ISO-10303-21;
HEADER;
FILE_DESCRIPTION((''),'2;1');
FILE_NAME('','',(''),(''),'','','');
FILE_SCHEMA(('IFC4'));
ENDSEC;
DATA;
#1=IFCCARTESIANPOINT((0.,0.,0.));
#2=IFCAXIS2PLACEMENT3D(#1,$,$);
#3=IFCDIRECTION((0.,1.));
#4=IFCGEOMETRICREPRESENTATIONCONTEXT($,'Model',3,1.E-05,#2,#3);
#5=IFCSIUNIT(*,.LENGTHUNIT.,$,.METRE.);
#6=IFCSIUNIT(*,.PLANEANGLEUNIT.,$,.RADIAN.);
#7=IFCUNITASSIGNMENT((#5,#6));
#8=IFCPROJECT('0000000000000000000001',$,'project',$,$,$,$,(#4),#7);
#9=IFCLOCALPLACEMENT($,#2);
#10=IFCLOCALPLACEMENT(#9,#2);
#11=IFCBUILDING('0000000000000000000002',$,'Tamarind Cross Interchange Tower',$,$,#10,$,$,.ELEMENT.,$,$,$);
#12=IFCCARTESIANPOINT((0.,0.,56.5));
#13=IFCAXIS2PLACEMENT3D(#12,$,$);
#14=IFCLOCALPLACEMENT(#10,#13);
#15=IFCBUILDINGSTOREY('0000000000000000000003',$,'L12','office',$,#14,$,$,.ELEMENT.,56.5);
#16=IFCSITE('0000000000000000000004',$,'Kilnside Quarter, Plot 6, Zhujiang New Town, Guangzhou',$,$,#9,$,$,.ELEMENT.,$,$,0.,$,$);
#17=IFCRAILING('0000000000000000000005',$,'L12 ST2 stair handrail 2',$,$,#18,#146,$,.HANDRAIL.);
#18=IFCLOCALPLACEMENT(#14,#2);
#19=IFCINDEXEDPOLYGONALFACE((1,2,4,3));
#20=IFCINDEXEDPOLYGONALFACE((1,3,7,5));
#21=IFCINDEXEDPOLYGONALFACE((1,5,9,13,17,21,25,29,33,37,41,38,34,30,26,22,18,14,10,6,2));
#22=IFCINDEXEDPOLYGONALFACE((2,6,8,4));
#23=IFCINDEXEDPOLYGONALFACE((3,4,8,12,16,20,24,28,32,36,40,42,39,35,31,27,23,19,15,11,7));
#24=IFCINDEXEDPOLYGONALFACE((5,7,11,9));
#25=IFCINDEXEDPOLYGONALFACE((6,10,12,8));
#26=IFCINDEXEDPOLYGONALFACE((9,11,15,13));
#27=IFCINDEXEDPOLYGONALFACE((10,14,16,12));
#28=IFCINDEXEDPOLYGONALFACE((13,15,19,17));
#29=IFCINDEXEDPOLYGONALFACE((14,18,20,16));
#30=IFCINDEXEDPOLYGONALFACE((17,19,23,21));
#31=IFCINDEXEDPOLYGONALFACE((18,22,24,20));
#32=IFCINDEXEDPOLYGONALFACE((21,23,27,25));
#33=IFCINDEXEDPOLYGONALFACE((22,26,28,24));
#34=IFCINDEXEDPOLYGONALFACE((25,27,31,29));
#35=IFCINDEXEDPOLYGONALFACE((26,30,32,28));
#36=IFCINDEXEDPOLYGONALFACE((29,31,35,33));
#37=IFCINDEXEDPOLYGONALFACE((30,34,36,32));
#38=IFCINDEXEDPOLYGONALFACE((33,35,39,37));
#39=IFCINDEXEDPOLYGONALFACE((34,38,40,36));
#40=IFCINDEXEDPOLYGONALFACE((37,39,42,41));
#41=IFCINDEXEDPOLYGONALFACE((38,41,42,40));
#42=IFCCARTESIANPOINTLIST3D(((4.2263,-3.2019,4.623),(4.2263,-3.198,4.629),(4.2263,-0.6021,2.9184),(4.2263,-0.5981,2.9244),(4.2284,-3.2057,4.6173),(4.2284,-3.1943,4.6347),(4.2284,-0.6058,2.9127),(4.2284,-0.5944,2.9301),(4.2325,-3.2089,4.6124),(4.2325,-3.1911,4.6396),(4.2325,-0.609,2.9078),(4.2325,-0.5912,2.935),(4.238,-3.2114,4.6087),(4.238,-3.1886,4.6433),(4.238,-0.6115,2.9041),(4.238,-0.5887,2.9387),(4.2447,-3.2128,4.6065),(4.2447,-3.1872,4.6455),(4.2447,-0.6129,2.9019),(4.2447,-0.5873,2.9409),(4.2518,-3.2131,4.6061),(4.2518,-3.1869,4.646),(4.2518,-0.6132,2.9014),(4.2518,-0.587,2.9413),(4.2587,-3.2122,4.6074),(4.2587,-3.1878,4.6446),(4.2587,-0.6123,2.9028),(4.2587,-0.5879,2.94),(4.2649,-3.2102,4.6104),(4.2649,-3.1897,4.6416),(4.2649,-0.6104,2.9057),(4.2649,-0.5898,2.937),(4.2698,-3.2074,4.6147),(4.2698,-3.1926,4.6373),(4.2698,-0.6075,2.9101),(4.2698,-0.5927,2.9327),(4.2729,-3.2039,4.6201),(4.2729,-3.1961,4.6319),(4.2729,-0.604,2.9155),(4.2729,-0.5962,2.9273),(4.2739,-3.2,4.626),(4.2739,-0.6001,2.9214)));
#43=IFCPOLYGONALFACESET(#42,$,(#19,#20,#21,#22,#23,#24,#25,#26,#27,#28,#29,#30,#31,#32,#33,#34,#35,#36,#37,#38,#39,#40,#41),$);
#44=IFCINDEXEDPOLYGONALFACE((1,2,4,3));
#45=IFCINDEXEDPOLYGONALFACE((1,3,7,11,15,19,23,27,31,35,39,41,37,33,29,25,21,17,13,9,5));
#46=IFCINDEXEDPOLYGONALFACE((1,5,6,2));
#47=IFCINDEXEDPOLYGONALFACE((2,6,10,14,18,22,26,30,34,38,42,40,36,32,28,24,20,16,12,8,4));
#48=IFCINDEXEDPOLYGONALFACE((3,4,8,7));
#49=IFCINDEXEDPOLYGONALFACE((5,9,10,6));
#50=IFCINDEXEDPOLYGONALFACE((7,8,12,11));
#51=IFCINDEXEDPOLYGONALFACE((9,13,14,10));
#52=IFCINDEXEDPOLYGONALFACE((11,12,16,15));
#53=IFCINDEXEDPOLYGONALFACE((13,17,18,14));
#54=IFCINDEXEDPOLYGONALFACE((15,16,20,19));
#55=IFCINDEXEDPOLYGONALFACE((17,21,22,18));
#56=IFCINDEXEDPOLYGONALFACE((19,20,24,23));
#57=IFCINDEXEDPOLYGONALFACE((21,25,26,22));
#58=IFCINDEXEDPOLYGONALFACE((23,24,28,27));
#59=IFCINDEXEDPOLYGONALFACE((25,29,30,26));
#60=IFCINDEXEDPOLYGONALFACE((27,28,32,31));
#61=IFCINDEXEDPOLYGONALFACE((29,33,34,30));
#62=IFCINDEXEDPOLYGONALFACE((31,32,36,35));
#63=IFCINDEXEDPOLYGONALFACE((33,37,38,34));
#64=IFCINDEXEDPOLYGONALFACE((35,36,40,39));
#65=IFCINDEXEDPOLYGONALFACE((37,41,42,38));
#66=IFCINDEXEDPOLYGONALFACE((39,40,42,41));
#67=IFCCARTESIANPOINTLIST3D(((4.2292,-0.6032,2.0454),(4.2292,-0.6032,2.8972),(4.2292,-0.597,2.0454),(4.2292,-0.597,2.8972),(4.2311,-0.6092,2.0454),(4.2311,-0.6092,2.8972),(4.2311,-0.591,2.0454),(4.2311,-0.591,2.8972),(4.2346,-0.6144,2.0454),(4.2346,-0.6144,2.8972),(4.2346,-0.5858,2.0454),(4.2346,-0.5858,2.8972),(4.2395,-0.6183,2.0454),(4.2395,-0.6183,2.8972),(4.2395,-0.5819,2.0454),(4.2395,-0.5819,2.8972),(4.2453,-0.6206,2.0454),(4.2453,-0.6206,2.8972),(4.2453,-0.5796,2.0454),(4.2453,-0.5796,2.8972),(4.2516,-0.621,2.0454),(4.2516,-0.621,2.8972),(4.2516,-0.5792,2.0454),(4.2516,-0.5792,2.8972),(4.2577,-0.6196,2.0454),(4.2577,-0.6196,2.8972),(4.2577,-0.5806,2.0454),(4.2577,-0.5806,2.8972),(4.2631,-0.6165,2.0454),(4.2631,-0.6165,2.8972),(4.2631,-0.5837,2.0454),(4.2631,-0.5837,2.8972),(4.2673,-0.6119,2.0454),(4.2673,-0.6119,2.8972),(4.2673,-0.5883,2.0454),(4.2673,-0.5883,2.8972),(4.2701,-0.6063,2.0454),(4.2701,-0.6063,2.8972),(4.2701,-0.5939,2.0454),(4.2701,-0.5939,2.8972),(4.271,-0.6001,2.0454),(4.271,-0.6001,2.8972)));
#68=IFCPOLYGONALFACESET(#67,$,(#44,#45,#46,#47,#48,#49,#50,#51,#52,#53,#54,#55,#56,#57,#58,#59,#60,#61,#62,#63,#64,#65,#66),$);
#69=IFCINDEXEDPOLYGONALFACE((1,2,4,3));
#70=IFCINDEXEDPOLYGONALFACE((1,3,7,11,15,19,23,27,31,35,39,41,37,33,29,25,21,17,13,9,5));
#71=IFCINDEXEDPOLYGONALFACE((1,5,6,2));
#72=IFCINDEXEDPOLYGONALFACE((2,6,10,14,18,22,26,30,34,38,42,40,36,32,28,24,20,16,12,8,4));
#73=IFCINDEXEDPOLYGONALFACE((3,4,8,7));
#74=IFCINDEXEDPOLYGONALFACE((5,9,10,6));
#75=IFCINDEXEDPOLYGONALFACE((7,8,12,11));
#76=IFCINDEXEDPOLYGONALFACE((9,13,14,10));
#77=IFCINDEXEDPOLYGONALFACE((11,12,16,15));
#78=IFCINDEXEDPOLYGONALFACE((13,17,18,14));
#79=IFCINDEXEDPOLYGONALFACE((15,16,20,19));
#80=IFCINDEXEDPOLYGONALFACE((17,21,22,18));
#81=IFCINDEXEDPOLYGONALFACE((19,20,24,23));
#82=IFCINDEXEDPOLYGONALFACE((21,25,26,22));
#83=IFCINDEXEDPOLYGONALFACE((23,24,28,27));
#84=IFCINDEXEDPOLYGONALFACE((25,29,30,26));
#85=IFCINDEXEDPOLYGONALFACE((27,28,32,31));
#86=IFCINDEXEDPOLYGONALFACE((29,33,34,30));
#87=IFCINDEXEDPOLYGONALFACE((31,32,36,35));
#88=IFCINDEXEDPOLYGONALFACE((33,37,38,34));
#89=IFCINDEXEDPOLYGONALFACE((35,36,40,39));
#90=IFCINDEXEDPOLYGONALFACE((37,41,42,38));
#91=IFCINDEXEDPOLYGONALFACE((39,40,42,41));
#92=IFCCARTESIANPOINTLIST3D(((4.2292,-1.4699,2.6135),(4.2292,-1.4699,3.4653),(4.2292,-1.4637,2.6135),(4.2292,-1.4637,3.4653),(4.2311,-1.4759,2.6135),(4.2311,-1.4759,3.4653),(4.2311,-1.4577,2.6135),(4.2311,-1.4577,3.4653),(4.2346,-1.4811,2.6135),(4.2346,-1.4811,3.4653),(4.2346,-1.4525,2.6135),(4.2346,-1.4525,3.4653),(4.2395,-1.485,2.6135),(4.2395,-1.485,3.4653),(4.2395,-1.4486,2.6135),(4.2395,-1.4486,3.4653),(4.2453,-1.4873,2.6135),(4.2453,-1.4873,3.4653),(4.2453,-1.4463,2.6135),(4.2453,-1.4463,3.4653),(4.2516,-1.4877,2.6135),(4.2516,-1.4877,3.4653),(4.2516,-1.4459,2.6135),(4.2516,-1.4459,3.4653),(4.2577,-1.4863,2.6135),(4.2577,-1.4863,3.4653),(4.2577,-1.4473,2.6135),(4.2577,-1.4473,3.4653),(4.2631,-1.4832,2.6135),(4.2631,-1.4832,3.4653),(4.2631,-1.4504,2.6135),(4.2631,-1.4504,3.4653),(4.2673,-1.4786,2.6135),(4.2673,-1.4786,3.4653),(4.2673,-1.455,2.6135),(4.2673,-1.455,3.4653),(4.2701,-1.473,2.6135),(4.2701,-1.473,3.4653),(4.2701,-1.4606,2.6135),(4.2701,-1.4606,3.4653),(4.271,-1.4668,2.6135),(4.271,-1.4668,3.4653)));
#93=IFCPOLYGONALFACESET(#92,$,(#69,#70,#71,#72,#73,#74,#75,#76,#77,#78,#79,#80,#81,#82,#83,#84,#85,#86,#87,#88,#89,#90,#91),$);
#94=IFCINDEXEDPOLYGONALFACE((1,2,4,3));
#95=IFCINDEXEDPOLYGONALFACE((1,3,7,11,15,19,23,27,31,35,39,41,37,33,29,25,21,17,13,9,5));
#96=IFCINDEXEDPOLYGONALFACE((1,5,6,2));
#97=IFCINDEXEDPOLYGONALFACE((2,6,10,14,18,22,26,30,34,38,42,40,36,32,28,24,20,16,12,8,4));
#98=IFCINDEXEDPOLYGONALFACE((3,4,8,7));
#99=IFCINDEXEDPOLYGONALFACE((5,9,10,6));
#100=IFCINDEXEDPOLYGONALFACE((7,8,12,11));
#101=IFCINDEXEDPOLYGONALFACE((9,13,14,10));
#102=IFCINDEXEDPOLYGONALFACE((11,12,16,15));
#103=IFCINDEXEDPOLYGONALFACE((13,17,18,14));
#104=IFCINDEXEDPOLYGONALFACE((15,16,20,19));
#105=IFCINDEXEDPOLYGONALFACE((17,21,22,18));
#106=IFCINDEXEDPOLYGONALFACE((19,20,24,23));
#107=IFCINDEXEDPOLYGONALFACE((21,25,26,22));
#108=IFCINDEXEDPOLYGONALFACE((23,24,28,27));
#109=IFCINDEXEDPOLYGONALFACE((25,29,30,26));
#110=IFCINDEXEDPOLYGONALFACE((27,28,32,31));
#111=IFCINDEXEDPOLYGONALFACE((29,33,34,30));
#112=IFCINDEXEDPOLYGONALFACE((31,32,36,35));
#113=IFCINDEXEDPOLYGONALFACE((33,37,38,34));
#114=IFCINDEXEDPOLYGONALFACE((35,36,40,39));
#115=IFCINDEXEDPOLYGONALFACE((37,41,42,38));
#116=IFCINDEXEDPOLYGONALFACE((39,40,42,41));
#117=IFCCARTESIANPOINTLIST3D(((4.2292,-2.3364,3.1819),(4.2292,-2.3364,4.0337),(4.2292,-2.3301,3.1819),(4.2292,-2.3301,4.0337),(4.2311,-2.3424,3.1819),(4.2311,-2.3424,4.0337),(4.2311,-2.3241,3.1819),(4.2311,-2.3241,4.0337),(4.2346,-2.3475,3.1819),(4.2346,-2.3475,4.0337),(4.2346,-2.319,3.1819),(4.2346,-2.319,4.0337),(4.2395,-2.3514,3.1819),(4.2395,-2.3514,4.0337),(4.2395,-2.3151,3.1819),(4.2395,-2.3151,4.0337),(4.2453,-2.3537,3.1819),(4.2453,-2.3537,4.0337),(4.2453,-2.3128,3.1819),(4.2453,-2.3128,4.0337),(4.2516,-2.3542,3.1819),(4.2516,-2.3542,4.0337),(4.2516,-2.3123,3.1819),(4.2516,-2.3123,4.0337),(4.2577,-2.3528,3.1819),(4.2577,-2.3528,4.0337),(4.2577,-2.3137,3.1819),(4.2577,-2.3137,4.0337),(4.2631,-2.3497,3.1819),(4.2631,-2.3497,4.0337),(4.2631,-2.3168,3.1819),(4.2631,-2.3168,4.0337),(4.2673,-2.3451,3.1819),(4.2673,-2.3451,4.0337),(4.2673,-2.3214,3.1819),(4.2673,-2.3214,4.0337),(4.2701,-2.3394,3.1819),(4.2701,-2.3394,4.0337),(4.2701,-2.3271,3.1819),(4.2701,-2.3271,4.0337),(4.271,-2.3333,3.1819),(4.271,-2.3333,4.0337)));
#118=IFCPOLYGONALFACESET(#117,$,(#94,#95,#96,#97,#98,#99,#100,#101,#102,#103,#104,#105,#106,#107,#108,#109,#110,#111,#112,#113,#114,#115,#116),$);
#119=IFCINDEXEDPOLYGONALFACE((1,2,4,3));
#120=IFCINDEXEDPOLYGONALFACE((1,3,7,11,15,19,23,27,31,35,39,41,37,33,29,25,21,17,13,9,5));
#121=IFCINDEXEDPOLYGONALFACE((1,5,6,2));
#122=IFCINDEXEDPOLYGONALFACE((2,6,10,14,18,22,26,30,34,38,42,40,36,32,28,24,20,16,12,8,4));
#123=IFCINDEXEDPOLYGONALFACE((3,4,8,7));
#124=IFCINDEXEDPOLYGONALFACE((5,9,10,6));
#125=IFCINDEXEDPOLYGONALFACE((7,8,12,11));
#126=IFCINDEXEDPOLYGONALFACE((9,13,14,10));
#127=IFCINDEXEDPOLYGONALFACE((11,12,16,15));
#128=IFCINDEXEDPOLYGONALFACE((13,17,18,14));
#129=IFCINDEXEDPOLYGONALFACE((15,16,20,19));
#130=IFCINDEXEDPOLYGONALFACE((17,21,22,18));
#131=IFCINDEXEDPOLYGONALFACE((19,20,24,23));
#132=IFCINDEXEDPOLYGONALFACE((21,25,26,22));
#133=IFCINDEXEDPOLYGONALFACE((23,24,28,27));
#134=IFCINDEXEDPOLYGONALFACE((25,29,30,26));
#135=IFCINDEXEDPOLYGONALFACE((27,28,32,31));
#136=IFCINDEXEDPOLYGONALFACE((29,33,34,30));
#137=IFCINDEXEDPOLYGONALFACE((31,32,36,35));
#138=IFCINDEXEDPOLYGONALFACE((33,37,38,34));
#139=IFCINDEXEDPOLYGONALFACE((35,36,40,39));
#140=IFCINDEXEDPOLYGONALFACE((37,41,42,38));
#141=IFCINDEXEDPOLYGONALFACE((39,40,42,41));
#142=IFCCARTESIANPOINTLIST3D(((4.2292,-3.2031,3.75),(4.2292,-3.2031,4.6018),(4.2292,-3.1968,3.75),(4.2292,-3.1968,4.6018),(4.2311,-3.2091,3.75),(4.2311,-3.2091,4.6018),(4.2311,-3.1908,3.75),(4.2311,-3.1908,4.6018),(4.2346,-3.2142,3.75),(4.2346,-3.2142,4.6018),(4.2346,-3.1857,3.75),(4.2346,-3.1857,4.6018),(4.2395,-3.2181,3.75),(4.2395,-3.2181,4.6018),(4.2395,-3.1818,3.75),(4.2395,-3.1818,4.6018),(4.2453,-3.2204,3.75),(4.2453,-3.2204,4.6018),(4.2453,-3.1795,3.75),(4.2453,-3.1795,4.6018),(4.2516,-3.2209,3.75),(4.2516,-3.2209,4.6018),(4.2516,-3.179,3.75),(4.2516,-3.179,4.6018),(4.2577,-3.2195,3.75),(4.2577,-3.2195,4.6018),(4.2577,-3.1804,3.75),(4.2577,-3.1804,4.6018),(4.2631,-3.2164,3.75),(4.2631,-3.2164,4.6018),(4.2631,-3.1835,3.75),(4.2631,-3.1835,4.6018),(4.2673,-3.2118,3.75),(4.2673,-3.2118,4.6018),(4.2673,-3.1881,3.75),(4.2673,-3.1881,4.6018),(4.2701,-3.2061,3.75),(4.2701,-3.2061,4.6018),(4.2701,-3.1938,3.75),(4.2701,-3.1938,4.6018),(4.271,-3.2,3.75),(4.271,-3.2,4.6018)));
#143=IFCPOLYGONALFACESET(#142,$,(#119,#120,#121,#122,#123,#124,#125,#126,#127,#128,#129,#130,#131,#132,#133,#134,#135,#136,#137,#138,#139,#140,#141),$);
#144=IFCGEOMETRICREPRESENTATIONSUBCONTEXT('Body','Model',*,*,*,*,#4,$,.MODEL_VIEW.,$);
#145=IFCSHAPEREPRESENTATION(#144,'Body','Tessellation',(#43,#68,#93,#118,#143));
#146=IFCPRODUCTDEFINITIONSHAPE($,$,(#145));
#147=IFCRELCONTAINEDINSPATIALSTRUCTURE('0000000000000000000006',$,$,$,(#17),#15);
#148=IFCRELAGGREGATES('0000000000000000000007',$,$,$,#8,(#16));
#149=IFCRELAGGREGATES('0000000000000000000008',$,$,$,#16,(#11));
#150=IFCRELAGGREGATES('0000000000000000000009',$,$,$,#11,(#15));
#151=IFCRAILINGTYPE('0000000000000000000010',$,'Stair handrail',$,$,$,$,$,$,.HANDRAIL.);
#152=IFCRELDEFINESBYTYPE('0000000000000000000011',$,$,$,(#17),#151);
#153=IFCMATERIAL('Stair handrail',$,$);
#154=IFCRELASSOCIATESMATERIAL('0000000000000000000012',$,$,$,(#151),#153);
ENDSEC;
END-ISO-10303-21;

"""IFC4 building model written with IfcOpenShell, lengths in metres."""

from ifc_helpers import new_model, si_unit, direction, frame, origin, origin_2d, place, context, subcontext, project, spatial, circle, extrude, material, type_object, element, save


model = new_model("IFC4")

# Units and contexts
model_context = context("Model", 3, precision=1e-05, world=origin(), true_north=direction((0.0, 1.0)))
body_context = subcontext(model_context, "Body", "Model", "MODEL_VIEW")
ifc_project = project(units=[si_unit("LENGTHUNIT", "METRE"), si_unit("PLANEANGLEUNIT", "RADIAN")], contexts=[model_context])

# Site, building, storey
site_placement = place(None, origin())
site = spatial("IfcSite", under=ifc_project, at=site_placement, Name="Kilnside Quarter, Plot 6, Zhujiang New Town, Guangzhou", CompositionType="ELEMENT", RefElevation=0.0)
building_placement = place(site_placement, origin())
building = spatial("IfcBuilding", under=site, at=building_placement, Name="Tamarind Cross Interchange Tower", CompositionType="ELEMENT")
storey_placement = place(building_placement, frame((0.0, 0.0, 56.5)))
storey = spatial("IfcBuildingStorey", under=building, at=storey_placement, Name="L12", Description="office", CompositionType="ELEMENT", Elevation=56.5)

# Railing
ifc_material_1 = material(Name="Stair handrail")
railing_type_1 = type_object("IfcRailingType", Name="Stair handrail", PredefinedType="HANDRAIL", material=ifc_material_1)
railing_1_placement = place(storey_placement, frame((4.25, -0.6001, 2.0454)))
element("IfcRailing", 1, at=railing_1_placement, inside=storey, type_object=railing_type_1, Name="L12 ST2 stair handrail 2", PredefinedType="HANDRAIL", context=body_context, shape_type="SweptSolid", body=[
    extrude(circle(Radius=0.0239, at=origin_2d()), frame((0.0, 0.0, 0.876), z_axis=(0.0, -0.836279, 0.548305), x_axis=(1.0, 0.0, 0.0)), (0.0, 0.0, 1.0), 3.1089),
    extrude(circle(Radius=0.021, at=origin_2d()), origin(), (0.0, 0.0, 1.0), 0.8518),
    extrude(circle(Radius=0.021, at=origin_2d()), frame((0.0, -0.8667, 0.5681)), (0.0, 0.0, 1.0), 0.8518),
    extrude(circle(Radius=0.021, at=origin_2d()), frame((0.0, -1.7332, 1.1365)), (0.0, 0.0, 1.0), 0.8518),
    extrude(circle(Radius=0.021, at=origin_2d()), frame((0.0, -2.5999, 1.7046)), (0.0, 0.0, 1.0), 0.8518),
])

save(model, "model.ifc")
